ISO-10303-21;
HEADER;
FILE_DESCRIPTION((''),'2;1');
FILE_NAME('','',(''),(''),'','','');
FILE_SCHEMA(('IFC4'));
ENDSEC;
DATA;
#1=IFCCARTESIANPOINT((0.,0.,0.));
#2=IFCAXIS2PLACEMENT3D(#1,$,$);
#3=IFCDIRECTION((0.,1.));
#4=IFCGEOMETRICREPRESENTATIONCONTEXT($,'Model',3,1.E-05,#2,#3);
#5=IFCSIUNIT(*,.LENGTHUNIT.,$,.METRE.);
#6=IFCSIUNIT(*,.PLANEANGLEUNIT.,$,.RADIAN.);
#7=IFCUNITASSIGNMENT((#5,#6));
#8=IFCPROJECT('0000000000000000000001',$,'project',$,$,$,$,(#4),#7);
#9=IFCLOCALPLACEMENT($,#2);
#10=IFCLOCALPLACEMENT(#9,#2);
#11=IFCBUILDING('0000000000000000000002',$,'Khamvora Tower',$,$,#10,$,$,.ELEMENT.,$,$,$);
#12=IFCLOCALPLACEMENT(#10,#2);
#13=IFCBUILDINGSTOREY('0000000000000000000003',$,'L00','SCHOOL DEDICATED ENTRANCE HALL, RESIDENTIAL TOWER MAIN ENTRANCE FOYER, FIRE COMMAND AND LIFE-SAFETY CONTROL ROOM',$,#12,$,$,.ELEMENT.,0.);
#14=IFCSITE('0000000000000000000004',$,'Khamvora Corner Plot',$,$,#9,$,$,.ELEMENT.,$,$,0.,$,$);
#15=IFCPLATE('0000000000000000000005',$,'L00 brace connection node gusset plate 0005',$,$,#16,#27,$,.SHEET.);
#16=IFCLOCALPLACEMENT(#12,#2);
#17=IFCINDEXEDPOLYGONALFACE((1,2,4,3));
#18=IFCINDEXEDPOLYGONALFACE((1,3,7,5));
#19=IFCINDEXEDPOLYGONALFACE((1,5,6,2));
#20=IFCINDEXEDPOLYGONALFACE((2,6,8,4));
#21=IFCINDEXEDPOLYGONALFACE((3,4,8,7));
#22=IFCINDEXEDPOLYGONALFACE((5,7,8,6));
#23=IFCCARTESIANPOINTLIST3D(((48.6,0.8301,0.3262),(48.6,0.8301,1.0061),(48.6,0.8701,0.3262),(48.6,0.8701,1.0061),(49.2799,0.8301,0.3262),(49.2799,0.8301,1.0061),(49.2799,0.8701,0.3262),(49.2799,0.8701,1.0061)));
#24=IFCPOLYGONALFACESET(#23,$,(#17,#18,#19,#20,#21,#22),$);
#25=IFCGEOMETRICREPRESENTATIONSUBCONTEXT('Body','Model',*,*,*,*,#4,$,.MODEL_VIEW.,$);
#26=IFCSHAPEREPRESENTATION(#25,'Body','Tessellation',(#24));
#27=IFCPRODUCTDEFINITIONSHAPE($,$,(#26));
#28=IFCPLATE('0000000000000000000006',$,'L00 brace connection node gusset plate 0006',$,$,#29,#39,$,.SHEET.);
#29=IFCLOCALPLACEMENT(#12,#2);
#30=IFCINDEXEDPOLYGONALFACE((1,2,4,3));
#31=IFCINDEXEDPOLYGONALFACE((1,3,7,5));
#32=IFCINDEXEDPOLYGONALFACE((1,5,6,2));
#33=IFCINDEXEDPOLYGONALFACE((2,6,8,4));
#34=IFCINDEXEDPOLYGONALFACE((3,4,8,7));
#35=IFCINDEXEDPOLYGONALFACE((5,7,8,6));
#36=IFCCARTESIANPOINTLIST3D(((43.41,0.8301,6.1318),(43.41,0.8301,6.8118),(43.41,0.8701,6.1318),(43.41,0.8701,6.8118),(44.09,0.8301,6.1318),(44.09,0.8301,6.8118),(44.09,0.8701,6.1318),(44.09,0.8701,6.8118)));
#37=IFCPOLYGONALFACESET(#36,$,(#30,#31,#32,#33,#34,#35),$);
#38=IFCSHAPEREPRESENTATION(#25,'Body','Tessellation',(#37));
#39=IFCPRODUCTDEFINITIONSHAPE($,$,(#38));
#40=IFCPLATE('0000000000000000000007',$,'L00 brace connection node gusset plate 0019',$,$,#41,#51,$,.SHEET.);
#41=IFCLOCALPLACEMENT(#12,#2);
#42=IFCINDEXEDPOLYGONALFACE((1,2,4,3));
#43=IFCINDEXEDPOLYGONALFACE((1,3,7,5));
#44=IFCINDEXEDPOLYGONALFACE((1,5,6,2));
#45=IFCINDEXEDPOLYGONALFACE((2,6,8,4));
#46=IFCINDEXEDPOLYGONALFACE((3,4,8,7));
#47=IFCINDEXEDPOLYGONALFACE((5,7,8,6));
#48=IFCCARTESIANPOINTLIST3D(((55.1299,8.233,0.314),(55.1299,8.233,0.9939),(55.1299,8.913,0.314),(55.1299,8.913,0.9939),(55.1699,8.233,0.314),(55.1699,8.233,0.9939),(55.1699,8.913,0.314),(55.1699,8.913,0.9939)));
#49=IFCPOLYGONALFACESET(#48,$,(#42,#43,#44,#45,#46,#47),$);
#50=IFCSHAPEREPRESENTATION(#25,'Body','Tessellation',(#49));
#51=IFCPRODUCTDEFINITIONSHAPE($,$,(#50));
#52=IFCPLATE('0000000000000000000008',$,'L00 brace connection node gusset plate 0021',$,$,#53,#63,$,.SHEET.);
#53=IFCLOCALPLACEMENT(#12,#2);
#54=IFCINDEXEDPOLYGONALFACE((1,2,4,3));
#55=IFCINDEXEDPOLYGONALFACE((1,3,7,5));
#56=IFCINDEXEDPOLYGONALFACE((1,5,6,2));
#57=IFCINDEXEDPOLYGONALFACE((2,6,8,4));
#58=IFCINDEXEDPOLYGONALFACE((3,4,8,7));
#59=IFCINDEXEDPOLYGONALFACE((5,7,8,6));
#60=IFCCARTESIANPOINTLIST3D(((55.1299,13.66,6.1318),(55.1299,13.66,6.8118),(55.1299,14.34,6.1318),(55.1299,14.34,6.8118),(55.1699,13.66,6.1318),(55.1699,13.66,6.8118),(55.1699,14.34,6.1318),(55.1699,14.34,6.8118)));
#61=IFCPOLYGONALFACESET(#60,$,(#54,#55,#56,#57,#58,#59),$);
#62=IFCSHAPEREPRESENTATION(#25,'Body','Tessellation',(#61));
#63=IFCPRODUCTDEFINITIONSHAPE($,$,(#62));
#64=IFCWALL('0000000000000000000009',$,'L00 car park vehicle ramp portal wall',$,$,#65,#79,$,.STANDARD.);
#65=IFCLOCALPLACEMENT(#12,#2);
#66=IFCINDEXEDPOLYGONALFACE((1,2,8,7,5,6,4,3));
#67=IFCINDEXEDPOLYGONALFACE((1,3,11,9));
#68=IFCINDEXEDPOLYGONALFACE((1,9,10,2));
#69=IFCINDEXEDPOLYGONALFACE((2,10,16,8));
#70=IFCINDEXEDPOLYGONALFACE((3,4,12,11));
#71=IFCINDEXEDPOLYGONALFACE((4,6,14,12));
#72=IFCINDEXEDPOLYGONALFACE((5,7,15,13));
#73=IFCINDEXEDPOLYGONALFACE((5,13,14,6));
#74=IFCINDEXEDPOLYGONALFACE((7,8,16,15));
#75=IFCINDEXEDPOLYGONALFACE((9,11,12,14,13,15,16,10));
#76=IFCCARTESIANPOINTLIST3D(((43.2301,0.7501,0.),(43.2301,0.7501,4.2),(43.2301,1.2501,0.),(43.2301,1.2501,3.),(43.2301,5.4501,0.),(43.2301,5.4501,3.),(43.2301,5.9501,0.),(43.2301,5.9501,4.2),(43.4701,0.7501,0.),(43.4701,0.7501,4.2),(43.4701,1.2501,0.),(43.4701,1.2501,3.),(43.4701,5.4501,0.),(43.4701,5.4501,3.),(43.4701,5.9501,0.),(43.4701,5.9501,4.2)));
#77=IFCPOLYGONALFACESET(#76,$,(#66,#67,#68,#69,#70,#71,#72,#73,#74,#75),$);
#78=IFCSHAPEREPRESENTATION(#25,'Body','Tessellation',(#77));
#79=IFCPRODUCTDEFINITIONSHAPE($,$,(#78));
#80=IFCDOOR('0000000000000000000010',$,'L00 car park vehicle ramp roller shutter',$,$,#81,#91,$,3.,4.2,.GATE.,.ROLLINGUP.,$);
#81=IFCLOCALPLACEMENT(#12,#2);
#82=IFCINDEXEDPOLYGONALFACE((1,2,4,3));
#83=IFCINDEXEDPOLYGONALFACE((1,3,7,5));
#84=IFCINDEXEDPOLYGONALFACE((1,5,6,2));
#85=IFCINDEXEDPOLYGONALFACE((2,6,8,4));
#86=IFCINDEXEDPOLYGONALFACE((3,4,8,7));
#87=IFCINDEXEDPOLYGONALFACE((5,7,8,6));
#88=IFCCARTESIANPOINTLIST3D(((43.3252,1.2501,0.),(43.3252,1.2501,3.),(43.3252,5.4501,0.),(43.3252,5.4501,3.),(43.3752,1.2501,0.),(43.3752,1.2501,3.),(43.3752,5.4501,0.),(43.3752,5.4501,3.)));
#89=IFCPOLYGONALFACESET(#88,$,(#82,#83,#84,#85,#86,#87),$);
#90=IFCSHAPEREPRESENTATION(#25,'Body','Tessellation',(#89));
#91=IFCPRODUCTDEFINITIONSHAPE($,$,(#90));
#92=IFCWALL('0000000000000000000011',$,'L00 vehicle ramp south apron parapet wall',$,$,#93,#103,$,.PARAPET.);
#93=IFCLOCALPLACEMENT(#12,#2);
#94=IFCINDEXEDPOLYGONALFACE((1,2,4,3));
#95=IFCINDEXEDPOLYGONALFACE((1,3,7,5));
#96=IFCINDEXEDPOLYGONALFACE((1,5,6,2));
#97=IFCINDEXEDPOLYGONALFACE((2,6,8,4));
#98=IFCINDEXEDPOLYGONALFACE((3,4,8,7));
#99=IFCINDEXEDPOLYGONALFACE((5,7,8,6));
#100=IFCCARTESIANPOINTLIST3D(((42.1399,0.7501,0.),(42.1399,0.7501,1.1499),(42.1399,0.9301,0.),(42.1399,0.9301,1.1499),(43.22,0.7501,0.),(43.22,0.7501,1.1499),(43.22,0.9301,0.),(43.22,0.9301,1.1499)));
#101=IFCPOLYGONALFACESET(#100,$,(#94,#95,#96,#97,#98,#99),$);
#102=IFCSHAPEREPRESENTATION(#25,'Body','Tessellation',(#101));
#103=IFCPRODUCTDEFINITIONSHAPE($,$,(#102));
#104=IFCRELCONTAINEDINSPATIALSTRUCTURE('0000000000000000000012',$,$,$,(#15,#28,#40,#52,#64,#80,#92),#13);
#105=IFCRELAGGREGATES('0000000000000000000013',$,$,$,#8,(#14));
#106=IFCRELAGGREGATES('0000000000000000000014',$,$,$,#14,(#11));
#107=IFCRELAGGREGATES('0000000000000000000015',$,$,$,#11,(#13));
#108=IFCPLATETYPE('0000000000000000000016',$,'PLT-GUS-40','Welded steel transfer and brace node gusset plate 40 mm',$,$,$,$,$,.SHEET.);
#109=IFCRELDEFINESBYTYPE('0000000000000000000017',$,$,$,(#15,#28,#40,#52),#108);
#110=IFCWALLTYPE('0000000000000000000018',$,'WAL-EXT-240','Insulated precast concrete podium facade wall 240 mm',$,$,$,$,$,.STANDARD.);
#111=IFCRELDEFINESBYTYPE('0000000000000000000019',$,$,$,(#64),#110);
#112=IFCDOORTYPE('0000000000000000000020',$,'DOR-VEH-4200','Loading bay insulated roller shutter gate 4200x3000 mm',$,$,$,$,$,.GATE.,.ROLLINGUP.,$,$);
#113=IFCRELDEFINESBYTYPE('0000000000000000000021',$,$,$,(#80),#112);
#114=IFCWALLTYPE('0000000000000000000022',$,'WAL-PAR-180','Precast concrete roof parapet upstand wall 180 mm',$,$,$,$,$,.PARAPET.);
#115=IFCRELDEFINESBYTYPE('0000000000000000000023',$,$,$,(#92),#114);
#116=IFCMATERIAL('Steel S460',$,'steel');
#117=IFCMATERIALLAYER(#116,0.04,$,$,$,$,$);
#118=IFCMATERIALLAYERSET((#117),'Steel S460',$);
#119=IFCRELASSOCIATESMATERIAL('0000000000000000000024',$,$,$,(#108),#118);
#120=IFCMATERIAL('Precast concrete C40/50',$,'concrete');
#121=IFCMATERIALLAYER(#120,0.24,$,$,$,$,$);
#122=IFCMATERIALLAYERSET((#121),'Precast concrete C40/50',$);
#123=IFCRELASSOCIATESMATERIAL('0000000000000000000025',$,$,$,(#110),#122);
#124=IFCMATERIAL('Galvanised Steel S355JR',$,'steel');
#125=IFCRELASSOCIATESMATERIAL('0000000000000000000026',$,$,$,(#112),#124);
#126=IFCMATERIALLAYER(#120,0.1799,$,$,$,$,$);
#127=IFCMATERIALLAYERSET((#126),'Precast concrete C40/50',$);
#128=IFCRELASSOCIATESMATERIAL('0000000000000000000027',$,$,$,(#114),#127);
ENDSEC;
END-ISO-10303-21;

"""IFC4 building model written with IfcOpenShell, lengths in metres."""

from ifc_helpers import new_model, si_unit, direction, frame, frame_2d, origin, origin_2d, place, context, subcontext, project, spatial, rectangle, extrude, material, layer, layer_set, type_object, element, fill, save


model = new_model("IFC4")

# Units and contexts
model_context = context("Model", 3, precision=1e-05, world=origin(), true_north=direction((0.0, 1.0)))
body_context = subcontext(model_context, "Body", "Model", "MODEL_VIEW")
ifc_project = project(units=[si_unit("LENGTHUNIT", "METRE"), si_unit("PLANEANGLEUNIT", "RADIAN")], contexts=[model_context])

# Site, building, storey
site_placement = place(None, origin())
site = spatial("IfcSite", under=ifc_project, at=site_placement, Name="Khamvora Corner Plot", CompositionType="ELEMENT", RefElevation=0.0)
building_placement = place(site_placement, origin())
building = spatial("IfcBuilding", under=site, at=building_placement, Name="Khamvora Tower", CompositionType="ELEMENT")
storey_placement = place(building_placement, origin())
storey = spatial("IfcBuildingStorey", under=building, at=storey_placement, Name="L00", Description="SCHOOL DEDICATED ENTRANCE HALL, RESIDENTIAL TOWER MAIN ENTRANCE FOYER, FIRE COMMAND AND LIFE-SAFETY CONTROL ROOM", CompositionType="ELEMENT", Elevation=0.0)

# Shared definitions
ifc_material_1 = material(Name="Steel S460", Category="steel")

# Plates
ifc_layer_1 = layer(ifc_material_1, 0.04)
ifc_layer_set_1 = layer_set([ifc_layer_1], Name="Steel S460")
plate_type_1 = type_object("IfcPlateType", Name="PLT-GUS-40", Description="Welded steel transfer and brace node gusset plate 40 mm", PredefinedType="SHEET", material=ifc_layer_set_1)
for number, where, z_axis, x_axis, name in (
    (1, (48.9399, 0.8501, 0.3262), (0.0, 0.0, 1.0), (1.0, 0.0, 0.0), "L00 brace connection node gusset plate 0005"),
    (2, (43.75, 0.8501, 6.1318), (0.0, 0.0, 1.0), (1.0, 0.0, 0.0), "L00 brace connection node gusset plate 0006"),
    (3, (55.1499, 8.573, 0.314), (0.0, 0.0, 1.0), (0.0, 1.0, 0.0), "L00 brace connection node gusset plate 0019"),
    (4, (55.1499, 14.0, 6.1318), (0.0, 0.0, 1.0), (0.0, 1.0, 0.0), "L00 brace connection node gusset plate 0021"),
):
    element("IfcPlate", number, at=place(storey_placement, frame(where, z_axis=z_axis, x_axis=x_axis)), inside=storey, type_object=plate_type_1, Name=name, PredefinedType="SHEET", context=body_context, shape_type="SweptSolid", body=[
        extrude(rectangle(XDim=0.6799, YDim=0.04, at=origin_2d()), origin(), (0.0, 0.0, 1.0), 0.6799),
    ])

# Wall, opening, door
ifc_material_2 = material(Name="Precast concrete C40/50", Category="concrete")
ifc_layer_2 = layer(ifc_material_2, 0.24)
ifc_layer_set_2 = layer_set([ifc_layer_2], Name="Precast concrete C40/50")
wall_type_1 = type_object("IfcWallType", Name="WAL-EXT-240", Description="Insulated precast concrete podium facade wall 240 mm", PredefinedType="STANDARD", material=ifc_layer_set_2)
wall_1_placement = place(storey_placement, frame((43.3501, 0.75, 0.0), z_axis=(0.0, 0.0, 1.0), x_axis=(0.0, 1.0, 0.0)))
wall_1 = element("IfcWall", 5, at=wall_1_placement, inside=storey, type_object=wall_type_1, Name="L00 car park vehicle ramp portal wall", PredefinedType="STANDARD", context=body_context, shape_type="SweptSolid", body=[
    extrude(rectangle(XDim=5.2, YDim=0.24, at=frame_2d((2.6001, 0.0))), origin(), (0.0, 0.0, 1.0), 4.2),
])
opening_placement = place(wall_1_placement, frame((0.5, 0.0, 0.0)))
opening = element("IfcOpeningElement", 6, at=opening_placement, cuts=wall_1, PredefinedType="OPENING", context=body_context, shape_type="SweptSolid", body=[
    extrude(rectangle(XDim=4.2, YDim=3.0, at=frame_2d((2.1001, 1.5))), frame((0.0, 0.1299, 0.0), z_axis=(0.0, -1.0, 0.0), x_axis=(1.0, 0.0, 0.0)), (0.0, 0.0, 1.0), 0.26),
])
ifc_material_3 = material(Name="Galvanised Steel S355JR", Category="steel")
door_type = type_object("IfcDoorType", Name="DOR-VEH-4200", Description="Loading bay insulated roller shutter gate 4200x3000 mm", OperationType="ROLLINGUP", PredefinedType="GATE", material=ifc_material_3)
door_placement = place(opening_placement, origin())
door = element("IfcDoor", 7, at=door_placement, inside=storey, type_object=door_type, Name="L00 car park vehicle ramp roller shutter", OperationType="ROLLINGUP", OverallHeight=3.0, OverallWidth=4.2, PredefinedType="GATE", context=body_context, shape_type="SweptSolid", body=[
    extrude(rectangle(XDim=4.2, YDim=3.0, at=frame_2d((2.1001, 1.5))), frame((0.0, 0.0249, 0.0), z_axis=(0.0, -1.0, 0.0), x_axis=(1.0, 0.0, 0.0)), (0.0, 0.0, 1.0), 0.05),
])
fill(opening, door)

# Wall
ifc_layer_3 = layer(ifc_material_2, 0.1799)
ifc_layer_set_3 = layer_set([ifc_layer_3], Name="Precast concrete C40/50")
wall_type_2 = type_object("IfcWallType", Name="WAL-PAR-180", Description="Precast concrete roof parapet upstand wall 180 mm", PredefinedType="PARAPET", material=ifc_layer_set_3)
wall_2_placement = place(storey_placement, frame((43.22, 0.8401, 0.0), z_axis=(0.0, 0.0, 1.0), x_axis=(-1.0, 0.0, 0.0)))
element("IfcWall", 8, at=wall_2_placement, inside=storey, type_object=wall_type_2, Name="L00 vehicle ramp south apron parapet wall", PredefinedType="PARAPET", context=body_context, shape_type="SweptSolid", body=[
    extrude(rectangle(XDim=1.0801, YDim=0.1799, at=frame_2d((0.54, 0.0))), origin(), (0.0, 0.0, 1.0), 1.1499),
])

save(model, "model.ifc")
